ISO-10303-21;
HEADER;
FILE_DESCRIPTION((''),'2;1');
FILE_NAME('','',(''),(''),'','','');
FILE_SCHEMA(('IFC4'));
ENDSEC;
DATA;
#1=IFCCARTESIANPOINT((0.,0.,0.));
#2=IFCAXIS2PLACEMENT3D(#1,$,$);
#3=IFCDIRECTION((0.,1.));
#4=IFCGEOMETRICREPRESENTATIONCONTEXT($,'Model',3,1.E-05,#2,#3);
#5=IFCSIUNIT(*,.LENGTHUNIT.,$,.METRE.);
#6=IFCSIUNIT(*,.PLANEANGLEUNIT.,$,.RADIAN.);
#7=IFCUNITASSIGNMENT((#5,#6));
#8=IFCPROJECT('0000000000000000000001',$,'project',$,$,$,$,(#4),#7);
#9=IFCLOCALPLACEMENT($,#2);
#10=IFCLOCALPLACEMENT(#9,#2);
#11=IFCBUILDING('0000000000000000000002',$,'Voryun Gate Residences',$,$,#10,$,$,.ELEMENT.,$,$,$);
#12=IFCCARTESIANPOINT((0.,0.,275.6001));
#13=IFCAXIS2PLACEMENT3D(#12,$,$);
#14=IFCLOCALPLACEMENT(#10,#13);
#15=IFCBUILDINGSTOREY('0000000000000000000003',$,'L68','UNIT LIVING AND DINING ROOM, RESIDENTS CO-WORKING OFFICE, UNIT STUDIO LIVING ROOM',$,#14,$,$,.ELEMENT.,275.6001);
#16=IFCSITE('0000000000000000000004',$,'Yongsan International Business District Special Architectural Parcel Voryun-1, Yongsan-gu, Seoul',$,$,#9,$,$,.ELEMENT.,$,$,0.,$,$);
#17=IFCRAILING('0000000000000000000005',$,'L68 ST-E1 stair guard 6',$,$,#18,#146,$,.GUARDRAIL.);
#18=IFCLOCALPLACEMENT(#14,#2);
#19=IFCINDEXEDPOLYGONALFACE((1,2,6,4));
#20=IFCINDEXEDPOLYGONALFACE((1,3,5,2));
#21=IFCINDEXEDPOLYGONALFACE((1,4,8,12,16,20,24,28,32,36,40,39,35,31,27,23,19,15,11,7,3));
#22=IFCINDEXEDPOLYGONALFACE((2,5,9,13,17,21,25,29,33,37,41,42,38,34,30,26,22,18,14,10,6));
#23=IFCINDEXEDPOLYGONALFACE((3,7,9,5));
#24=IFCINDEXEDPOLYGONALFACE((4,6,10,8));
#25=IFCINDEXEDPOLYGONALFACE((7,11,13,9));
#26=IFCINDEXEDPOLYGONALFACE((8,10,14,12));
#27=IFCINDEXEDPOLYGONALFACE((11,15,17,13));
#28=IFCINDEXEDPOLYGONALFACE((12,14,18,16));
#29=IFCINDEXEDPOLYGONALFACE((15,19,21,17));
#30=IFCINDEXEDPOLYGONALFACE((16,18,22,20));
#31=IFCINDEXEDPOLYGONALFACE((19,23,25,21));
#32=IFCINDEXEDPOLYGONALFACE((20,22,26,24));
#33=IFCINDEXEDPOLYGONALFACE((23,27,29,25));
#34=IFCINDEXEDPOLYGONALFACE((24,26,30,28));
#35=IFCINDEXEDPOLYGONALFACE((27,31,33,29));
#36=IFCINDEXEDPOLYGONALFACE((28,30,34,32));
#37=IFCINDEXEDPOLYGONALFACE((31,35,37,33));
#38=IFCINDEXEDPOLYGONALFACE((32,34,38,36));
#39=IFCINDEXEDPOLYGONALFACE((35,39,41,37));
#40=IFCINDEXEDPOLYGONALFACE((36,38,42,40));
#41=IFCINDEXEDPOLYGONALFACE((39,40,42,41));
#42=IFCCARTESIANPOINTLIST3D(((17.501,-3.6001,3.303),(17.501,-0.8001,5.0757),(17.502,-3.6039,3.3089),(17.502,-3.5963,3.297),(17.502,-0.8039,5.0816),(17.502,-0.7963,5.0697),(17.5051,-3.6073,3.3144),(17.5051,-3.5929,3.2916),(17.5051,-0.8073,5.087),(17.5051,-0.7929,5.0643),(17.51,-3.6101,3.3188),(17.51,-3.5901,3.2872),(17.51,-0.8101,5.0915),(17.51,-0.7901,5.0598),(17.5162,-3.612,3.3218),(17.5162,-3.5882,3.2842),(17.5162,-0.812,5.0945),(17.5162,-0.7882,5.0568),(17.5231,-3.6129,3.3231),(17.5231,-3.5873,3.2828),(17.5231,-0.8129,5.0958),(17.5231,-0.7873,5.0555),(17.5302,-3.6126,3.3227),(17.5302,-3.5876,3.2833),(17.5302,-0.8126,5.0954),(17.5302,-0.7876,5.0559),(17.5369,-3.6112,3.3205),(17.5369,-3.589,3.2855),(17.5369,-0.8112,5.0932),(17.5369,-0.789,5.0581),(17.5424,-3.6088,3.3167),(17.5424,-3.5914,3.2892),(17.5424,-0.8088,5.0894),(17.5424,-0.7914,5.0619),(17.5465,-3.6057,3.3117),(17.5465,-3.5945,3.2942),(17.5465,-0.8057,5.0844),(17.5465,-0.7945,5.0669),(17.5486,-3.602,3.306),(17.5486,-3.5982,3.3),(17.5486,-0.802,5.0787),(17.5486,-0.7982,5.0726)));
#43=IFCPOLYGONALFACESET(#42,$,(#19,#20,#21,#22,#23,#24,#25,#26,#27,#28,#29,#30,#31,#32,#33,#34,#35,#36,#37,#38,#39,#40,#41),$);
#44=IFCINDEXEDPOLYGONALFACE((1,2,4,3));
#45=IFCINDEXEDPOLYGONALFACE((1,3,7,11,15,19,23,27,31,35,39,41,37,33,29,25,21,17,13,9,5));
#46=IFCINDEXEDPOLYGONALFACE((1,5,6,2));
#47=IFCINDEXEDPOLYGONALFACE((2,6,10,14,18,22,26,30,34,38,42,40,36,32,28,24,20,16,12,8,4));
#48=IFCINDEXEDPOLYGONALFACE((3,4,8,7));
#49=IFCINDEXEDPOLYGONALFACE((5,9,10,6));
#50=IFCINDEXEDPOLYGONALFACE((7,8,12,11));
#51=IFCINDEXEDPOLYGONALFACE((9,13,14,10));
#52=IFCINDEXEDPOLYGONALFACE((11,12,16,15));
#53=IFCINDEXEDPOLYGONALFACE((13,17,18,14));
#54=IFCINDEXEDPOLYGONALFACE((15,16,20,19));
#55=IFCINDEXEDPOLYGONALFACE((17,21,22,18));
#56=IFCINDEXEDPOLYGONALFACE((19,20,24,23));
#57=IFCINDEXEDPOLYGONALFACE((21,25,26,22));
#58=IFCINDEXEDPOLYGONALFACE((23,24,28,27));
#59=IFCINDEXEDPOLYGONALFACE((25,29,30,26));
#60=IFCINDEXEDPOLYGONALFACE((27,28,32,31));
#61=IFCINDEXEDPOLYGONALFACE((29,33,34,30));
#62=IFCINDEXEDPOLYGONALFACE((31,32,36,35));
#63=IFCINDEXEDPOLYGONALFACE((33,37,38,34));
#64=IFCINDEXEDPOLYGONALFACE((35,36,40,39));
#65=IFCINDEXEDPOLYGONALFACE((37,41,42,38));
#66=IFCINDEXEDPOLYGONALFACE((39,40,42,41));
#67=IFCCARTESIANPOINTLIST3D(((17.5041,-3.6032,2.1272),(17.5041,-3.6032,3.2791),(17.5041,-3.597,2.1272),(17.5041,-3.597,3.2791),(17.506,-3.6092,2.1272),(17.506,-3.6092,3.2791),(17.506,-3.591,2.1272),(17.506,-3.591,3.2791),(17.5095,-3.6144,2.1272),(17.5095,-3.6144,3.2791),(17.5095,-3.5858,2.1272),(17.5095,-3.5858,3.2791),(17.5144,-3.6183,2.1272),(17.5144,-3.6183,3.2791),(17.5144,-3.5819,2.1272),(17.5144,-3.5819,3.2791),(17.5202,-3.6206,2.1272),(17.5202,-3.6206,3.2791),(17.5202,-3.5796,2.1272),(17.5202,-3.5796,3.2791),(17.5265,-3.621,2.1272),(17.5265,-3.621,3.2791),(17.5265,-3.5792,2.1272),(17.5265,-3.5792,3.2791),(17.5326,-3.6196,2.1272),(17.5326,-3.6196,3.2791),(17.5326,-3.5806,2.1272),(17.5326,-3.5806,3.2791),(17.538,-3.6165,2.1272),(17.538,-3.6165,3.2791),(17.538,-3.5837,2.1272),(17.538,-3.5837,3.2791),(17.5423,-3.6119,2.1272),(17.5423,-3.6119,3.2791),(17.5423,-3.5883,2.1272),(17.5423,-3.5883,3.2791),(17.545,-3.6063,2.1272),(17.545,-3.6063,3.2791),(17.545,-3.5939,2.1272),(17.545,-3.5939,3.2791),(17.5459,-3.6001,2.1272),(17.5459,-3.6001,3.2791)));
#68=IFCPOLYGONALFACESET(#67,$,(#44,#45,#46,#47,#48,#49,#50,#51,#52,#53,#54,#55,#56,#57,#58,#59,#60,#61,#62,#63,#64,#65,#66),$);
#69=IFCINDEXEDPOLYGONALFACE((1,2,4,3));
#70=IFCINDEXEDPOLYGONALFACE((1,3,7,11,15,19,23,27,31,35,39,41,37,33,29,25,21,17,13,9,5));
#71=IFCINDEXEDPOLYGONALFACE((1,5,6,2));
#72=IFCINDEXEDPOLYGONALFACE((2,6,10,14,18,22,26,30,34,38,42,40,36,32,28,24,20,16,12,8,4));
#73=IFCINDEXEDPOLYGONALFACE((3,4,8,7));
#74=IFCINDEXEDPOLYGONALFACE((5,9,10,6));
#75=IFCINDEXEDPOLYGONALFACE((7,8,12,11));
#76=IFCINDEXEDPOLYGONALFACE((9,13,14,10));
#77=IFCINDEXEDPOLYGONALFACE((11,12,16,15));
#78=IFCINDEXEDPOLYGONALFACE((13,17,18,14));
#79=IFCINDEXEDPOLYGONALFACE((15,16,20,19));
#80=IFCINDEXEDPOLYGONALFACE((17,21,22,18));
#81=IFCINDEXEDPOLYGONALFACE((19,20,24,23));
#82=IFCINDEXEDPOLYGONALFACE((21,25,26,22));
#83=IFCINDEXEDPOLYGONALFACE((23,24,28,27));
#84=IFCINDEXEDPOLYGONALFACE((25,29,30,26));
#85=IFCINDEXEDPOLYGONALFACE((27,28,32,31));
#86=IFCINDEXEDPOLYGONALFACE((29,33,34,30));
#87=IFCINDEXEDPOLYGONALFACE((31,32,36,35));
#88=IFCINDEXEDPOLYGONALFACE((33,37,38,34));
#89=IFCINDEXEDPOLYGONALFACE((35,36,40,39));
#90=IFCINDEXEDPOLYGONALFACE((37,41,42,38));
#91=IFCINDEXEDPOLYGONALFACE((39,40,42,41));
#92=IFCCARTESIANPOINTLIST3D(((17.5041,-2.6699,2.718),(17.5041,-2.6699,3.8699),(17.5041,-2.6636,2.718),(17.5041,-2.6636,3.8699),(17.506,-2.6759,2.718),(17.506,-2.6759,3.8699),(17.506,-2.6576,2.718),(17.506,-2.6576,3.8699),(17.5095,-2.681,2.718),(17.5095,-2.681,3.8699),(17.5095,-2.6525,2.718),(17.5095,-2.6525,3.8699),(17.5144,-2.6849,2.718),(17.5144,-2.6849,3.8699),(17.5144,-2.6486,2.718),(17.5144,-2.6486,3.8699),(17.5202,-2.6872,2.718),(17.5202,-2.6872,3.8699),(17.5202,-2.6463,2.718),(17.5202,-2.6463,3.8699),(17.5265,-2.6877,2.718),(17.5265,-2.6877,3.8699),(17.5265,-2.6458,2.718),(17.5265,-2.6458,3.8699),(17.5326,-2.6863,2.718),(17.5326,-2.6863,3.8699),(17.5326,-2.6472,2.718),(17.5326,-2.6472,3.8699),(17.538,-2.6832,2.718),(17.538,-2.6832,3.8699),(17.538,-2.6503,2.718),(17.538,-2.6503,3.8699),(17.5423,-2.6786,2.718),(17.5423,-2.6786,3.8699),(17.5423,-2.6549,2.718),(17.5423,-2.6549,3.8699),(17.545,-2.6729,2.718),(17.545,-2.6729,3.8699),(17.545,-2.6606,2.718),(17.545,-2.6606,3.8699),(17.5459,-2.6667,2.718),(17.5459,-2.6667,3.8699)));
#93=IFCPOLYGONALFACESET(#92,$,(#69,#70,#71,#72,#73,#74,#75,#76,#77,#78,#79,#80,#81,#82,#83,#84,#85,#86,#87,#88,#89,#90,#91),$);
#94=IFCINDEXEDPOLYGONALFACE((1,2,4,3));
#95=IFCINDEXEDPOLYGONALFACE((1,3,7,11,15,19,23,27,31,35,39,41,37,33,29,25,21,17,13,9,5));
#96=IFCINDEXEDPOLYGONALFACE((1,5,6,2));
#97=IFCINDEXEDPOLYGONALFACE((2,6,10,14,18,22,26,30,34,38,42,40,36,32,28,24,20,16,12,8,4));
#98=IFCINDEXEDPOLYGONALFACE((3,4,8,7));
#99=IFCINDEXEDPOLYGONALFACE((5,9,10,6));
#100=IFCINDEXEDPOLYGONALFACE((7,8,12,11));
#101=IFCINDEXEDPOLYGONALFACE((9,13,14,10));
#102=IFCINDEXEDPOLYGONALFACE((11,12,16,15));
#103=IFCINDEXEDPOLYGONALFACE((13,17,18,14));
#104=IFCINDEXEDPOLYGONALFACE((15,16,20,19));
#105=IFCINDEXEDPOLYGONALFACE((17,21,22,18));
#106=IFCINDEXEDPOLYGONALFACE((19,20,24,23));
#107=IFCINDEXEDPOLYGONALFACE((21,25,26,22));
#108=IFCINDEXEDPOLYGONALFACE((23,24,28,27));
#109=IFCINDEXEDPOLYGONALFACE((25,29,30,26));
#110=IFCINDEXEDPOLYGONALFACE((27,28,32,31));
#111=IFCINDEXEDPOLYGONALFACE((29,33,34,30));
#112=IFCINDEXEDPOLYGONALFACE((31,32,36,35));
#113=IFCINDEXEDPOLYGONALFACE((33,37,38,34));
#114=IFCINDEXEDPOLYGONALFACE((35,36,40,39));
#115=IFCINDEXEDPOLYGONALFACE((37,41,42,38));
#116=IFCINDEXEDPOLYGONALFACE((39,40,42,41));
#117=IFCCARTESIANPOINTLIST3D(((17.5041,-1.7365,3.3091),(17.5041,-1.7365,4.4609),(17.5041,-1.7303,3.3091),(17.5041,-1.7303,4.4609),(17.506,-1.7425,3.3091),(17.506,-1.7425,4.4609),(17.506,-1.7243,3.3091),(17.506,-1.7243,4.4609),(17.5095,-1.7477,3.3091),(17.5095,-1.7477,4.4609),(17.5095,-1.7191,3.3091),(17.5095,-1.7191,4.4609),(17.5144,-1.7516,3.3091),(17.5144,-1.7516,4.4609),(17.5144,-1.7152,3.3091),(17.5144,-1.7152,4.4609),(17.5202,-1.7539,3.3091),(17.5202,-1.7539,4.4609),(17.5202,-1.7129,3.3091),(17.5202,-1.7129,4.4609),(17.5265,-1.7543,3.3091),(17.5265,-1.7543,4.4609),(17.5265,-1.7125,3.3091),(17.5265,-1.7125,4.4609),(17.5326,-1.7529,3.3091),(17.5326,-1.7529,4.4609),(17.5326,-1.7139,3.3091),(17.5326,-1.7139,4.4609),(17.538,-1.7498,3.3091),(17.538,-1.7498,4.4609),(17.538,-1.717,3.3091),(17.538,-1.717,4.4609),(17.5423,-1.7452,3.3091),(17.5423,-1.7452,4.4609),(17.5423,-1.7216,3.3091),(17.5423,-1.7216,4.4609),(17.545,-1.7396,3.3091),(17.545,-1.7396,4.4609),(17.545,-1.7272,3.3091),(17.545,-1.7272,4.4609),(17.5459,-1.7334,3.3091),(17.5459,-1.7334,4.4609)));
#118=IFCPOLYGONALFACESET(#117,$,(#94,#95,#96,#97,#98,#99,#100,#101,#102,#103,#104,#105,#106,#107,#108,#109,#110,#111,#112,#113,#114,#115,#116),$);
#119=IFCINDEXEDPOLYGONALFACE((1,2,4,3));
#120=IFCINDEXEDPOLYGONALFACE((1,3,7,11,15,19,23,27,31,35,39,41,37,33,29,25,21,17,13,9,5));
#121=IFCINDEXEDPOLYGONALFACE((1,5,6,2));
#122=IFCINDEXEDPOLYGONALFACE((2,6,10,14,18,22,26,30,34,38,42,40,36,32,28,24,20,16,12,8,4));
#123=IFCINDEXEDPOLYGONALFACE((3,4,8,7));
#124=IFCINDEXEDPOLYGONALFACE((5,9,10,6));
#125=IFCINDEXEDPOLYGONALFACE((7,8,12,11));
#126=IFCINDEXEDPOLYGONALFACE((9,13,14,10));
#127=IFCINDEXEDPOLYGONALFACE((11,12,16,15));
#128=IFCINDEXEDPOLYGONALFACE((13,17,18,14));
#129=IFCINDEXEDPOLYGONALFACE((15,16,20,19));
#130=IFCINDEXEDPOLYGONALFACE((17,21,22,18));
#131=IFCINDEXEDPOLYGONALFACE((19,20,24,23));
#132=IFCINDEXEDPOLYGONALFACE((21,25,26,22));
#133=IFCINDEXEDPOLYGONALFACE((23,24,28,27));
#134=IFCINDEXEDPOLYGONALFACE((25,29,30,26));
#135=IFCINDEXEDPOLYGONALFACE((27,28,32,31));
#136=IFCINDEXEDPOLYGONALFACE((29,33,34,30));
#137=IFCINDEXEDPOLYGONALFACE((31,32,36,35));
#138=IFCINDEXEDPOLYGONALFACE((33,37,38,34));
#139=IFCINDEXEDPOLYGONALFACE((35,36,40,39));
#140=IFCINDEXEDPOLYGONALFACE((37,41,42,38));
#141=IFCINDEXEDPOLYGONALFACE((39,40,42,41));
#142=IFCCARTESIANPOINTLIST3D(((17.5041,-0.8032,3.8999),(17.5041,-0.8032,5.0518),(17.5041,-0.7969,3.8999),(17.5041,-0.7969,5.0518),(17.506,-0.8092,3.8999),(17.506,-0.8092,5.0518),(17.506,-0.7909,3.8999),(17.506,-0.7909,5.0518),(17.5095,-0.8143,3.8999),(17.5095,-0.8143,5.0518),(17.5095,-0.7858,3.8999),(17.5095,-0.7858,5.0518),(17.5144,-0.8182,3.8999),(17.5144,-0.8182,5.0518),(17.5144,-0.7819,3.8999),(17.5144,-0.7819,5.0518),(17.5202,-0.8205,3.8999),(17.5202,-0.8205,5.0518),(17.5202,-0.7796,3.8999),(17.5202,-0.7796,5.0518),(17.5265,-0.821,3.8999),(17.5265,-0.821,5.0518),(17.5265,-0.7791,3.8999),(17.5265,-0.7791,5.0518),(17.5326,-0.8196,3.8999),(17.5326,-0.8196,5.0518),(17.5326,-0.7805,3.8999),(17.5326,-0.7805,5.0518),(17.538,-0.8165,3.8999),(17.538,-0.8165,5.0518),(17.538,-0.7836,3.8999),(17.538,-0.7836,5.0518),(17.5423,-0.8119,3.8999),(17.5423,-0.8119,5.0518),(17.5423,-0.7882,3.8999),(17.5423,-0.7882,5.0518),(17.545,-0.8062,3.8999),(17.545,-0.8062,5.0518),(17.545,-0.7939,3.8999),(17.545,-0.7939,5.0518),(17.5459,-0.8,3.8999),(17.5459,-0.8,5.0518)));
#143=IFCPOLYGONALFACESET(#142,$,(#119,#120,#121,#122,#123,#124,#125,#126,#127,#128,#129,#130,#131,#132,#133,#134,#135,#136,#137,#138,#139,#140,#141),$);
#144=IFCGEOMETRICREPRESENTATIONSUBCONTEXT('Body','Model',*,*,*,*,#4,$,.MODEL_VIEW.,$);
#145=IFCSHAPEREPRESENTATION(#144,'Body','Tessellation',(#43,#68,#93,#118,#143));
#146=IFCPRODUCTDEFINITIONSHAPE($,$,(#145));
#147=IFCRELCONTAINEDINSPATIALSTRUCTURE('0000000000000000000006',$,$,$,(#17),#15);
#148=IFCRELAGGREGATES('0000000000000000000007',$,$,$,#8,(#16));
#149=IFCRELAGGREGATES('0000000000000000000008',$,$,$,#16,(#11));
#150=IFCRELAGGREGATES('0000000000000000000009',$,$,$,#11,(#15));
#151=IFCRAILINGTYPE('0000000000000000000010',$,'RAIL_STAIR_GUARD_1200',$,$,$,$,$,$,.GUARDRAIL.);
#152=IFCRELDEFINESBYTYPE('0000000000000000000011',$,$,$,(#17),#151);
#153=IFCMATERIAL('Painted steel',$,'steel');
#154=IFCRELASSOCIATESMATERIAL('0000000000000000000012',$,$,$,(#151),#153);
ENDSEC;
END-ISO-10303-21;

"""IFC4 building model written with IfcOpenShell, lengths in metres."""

from ifc_helpers import new_model, si_unit, direction, frame, origin, origin_2d, place, context, subcontext, project, spatial, circle, extrude, material, type_object, element, save


model = new_model("IFC4")

# Units and contexts
model_context = context("Model", 3, precision=1e-05, world=origin(), true_north=direction((0.0, 1.0)))
body_context = subcontext(model_context, "Body", "Model", "MODEL_VIEW")
ifc_project = project(units=[si_unit("LENGTHUNIT", "METRE"), si_unit("PLANEANGLEUNIT", "RADIAN")], contexts=[model_context])

# Site, building, storey
site_placement = place(None, origin())
site = spatial("IfcSite", under=ifc_project, at=site_placement, Name="Yongsan International Business District Special Architectural Parcel Voryun-1, Yongsan-gu, Seoul", CompositionType="ELEMENT", RefElevation=0.0)
building_placement = place(site_placement, origin())
building = spatial("IfcBuilding", under=site, at=building_placement, Name="Voryun Gate Residences", CompositionType="ELEMENT")
storey_placement = place(building_placement, frame((0.0, 0.0, 275.6001)))
storey = spatial("IfcBuildingStorey", under=building, at=storey_placement, Name="L68", Description="UNIT LIVING AND DINING ROOM, RESIDENTS CO-WORKING OFFICE, UNIT STUDIO LIVING ROOM", CompositionType="ELEMENT", Elevation=275.6001)

# Railing
ifc_material_1 = material(Name="Painted steel", Category="steel")
railing_type_1 = type_object("IfcRailingType", Name="RAIL_STAIR_GUARD_1200", PredefinedType="GUARDRAIL", material=ifc_material_1)
railing_1_placement = place(storey_placement, frame((17.5249, -3.6001, 2.1272)))
element("IfcRailing", 1, at=railing_1_placement, inside=storey, type_object=railing_type_1, Name="L68 ST-E1 stair guard 6", PredefinedType="GUARDRAIL", context=body_context, shape_type="SweptSolid", body=[
    extrude(circle(Radius=0.0239, at=origin_2d()), frame((0.0, 0.0, 1.1758), z_axis=(0.0, 0.844909, 0.53491), x_axis=(-1.0, 0.0, 0.0)), (0.0, 0.0, 1.0), 3.314),
    extrude(circle(Radius=0.021, at=origin_2d()), origin(), (0.0, 0.0, 1.0), 1.1519),
    extrude(circle(Radius=0.021, at=origin_2d()), frame((0.0, 0.9333, 0.5908)), (0.0, 0.0, 1.0), 1.1519),
    extrude(circle(Radius=0.021, at=origin_2d()), frame((0.0, 1.8667, 1.1819)), (0.0, 0.0, 1.0), 1.1519),
    extrude(circle(Radius=0.021, at=origin_2d()), frame((0.0, 2.8, 1.7727)), (0.0, 0.0, 1.0), 1.1519),
])

save(model, "model.ifc")
